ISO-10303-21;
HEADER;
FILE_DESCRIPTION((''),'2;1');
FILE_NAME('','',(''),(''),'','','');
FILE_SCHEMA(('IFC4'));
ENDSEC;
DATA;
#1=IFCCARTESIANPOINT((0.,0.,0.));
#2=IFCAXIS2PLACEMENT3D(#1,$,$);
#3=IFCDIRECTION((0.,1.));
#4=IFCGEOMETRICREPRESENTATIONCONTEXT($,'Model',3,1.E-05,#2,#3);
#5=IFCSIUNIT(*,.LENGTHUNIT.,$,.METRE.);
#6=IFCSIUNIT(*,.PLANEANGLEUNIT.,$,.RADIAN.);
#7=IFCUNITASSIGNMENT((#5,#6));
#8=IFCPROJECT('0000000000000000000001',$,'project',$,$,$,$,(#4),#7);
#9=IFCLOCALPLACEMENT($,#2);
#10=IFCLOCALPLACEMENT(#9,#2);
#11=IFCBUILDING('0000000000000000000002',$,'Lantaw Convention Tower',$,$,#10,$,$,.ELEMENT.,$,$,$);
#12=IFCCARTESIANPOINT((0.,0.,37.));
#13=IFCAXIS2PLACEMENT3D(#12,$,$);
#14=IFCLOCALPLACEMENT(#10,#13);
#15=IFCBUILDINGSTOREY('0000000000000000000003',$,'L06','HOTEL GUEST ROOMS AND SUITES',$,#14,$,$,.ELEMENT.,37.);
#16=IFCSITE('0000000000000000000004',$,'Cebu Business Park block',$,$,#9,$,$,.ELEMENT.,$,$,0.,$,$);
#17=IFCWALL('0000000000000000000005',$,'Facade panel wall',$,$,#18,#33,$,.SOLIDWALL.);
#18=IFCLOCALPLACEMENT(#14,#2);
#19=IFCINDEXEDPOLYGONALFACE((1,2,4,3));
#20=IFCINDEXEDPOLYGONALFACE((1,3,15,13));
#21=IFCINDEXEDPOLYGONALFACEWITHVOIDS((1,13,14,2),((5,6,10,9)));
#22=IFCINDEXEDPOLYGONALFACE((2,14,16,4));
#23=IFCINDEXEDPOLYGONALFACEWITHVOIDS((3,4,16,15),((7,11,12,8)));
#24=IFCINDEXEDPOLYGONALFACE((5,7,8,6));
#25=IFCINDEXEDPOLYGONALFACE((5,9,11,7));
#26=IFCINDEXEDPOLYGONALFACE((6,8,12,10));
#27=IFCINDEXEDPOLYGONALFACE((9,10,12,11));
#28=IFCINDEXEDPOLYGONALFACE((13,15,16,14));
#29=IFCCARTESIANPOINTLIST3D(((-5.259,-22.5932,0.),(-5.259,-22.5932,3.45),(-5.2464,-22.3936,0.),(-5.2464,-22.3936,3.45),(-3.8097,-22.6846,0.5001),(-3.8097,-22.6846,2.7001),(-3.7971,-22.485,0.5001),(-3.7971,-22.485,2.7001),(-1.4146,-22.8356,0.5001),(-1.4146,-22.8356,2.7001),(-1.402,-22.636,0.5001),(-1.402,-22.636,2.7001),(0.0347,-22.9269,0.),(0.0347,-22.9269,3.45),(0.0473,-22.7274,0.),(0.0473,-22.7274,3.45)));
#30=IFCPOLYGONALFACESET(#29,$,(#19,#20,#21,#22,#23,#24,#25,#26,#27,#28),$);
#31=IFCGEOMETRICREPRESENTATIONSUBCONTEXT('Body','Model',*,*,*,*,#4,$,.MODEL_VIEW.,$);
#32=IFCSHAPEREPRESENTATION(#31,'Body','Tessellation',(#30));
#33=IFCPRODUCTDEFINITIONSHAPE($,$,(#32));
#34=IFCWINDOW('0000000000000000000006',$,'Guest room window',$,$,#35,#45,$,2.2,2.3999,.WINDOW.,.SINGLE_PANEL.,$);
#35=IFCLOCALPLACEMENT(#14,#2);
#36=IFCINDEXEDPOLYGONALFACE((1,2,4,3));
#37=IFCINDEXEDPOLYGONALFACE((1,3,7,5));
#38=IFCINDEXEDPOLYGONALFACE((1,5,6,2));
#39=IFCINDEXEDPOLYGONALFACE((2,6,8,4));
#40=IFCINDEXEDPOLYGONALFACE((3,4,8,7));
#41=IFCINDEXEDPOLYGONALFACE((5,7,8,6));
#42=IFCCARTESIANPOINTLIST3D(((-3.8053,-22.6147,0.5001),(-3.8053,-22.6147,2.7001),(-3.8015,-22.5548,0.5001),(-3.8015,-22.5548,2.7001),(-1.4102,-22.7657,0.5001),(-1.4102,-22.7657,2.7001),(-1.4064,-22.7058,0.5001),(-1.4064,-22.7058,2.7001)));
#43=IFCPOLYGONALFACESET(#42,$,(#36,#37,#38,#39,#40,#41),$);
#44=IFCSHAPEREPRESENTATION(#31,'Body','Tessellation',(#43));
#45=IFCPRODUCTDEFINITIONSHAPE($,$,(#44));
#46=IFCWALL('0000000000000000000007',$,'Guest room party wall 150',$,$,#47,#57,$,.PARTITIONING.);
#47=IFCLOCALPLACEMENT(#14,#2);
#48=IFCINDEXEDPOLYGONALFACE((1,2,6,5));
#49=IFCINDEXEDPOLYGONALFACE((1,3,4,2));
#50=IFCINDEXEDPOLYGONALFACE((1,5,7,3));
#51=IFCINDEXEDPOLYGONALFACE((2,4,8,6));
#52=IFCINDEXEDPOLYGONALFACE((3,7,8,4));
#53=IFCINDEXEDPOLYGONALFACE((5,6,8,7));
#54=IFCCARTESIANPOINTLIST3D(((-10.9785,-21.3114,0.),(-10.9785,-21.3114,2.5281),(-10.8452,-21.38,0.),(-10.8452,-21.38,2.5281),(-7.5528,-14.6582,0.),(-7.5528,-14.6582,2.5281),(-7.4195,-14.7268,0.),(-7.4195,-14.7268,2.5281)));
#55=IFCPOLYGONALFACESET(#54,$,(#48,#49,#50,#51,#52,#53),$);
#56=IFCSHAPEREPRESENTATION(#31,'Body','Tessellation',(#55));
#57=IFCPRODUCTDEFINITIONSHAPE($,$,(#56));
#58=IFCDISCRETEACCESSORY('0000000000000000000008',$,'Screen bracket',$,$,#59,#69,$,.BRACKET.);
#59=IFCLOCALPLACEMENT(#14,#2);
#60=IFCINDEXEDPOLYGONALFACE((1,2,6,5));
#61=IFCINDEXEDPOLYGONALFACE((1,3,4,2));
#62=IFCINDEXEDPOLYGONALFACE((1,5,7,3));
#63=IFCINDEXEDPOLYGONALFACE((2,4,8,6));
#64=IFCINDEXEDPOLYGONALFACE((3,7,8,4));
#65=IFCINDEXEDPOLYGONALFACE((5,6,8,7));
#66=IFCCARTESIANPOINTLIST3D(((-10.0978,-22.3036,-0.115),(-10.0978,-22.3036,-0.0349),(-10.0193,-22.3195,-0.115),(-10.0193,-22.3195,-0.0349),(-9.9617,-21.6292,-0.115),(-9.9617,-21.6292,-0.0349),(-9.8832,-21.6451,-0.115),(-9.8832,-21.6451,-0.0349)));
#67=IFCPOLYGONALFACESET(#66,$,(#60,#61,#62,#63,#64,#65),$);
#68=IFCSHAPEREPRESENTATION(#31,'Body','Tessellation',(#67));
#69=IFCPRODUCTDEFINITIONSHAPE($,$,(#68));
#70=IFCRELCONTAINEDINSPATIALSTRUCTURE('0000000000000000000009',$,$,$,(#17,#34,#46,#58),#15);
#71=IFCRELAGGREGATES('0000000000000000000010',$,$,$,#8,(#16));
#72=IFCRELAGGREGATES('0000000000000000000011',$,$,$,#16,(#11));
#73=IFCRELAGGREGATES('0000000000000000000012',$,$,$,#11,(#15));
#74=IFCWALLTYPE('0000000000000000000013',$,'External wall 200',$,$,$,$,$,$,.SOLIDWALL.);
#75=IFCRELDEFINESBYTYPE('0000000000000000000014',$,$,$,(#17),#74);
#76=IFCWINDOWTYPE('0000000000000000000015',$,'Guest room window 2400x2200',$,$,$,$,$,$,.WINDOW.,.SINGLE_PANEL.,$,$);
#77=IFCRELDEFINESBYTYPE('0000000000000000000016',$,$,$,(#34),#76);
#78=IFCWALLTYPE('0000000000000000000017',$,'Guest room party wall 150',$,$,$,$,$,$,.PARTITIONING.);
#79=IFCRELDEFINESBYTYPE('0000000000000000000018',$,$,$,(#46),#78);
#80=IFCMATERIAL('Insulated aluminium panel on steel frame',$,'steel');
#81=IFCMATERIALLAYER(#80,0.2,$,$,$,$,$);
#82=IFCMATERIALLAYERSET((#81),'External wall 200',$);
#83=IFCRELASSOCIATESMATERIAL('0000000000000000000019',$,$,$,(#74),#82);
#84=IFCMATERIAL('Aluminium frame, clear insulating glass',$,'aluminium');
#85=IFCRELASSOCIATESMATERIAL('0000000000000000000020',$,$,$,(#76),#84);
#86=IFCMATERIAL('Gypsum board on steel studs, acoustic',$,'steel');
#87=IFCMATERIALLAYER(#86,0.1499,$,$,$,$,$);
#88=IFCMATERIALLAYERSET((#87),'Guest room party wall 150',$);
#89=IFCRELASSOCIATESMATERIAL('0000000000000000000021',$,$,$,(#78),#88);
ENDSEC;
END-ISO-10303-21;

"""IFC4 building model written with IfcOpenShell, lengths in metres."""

from ifc_helpers import new_model, si_unit, direction, frame, frame_2d, origin, origin_2d, place, context, subcontext, project, spatial, rectangle, extrude, material, layer, layer_set, type_object, element, fill, save


model = new_model("IFC4")

# Units and contexts
model_context = context("Model", 3, precision=1e-05, world=origin(), true_north=direction((0.0, 1.0)))
body_context = subcontext(model_context, "Body", "Model", "MODEL_VIEW")
ifc_project = project(units=[si_unit("LENGTHUNIT", "METRE"), si_unit("PLANEANGLEUNIT", "RADIAN")], contexts=[model_context])

# Site, building, storey
site_placement = place(None, origin())
site = spatial("IfcSite", under=ifc_project, at=site_placement, Name="Cebu Business Park block", CompositionType="ELEMENT", RefElevation=0.0)
building_placement = place(site_placement, origin())
building = spatial("IfcBuilding", under=site, at=building_placement, Name="Lantaw Convention Tower", CompositionType="ELEMENT")
storey_placement = place(building_placement, frame((0.0, 0.0, 37.0)))
storey = spatial("IfcBuildingStorey", under=building, at=storey_placement, Name="L06", Description="HOTEL GUEST ROOMS AND SUITES", CompositionType="ELEMENT", Elevation=37.0)

# Wall, opening, window
ifc_material_1 = material(Name="Insulated aluminium panel on steel frame", Category="steel")
ifc_layer_1 = layer(ifc_material_1, 0.2)
ifc_layer_set_1 = layer_set([ifc_layer_1], Name="External wall 200")
wall_type_1 = type_object("IfcWallType", Name="External wall 200", PredefinedType="SOLIDWALL", material=ifc_layer_set_1)
ifc_material_2 = material(Name="Aluminium frame, clear insulating glass", Category="aluminium")
window_type = type_object("IfcWindowType", Name="Guest room window 2400x2200", PartitioningType="SINGLE_PANEL", PredefinedType="WINDOW", material=ifc_material_2)
wall_1_placement = place(storey_placement, frame((-5.2527, -22.4934, 0.0), z_axis=(0.0, 0.0, 1.0), x_axis=(0.998019, -0.06292, 0.0)))
wall_1 = element("IfcWall", 1, at=wall_1_placement, inside=storey, type_object=wall_type_1, Name="Facade panel wall", PredefinedType="SOLIDWALL", context=body_context, shape_type="SweptSolid", body=[
    extrude(rectangle(XDim=5.3042, YDim=0.2, at=frame_2d((2.6521, 0.0))), origin(), (0.0, 0.0, 1.0), 3.45),
])
opening_1_placement = place(wall_1_placement, frame((1.4521, 0.0, 0.5)))
opening_1 = element("IfcOpeningElement", 2, at=opening_1_placement, cuts=wall_1, PredefinedType="OPENING", context=body_context, shape_type="SweptSolid", body=[
    extrude(rectangle(XDim=2.3999, YDim=2.2, at=frame_2d((1.2, 1.1001))), frame((0.0, 0.1099, 0.0), z_axis=(0.0, -1.0, 0.0), x_axis=(1.0, 0.0, 0.0)), (0.0, 0.0, 1.0), 0.22),
])
window_1_placement = place(opening_1_placement, origin())
window_1 = element("IfcWindow", 3, at=window_1_placement, inside=storey, type_object=window_type, Name="Guest room window", OverallHeight=2.2, OverallWidth=2.3999, PartitioningType="SINGLE_PANEL", PredefinedType="WINDOW", context=body_context, shape_type="SweptSolid", body=[
    extrude(rectangle(XDim=2.3999, YDim=2.2, at=frame_2d((1.2, 1.1001))), frame((0.0, 0.03, 0.0), z_axis=(0.0, -1.0, 0.0), x_axis=(1.0, 0.0, 0.0)), (0.0, 0.0, 1.0), 0.0601),
])
fill(opening_1, window_1)

# Wall
ifc_material_3 = material(Name="Gypsum board on steel studs, acoustic", Category="steel")
ifc_layer_2 = layer(ifc_material_3, 0.1499)
ifc_layer_set_2 = layer_set([ifc_layer_2], Name="Guest room party wall 150")
wall_type_2 = type_object("IfcWallType", Name="Guest room party wall 150", PredefinedType="PARTITIONING", material=ifc_layer_set_2)
wall_2_placement = place(storey_placement, frame((-10.9119, -21.3457, 0.0), z_axis=(0.0, 0.0, 1.0), x_axis=(0.457778, 0.889066, 0.0)))
element("IfcWall", 4, at=wall_2_placement, inside=storey, type_object=wall_type_2, Name="Guest room party wall 150", PredefinedType="PARTITIONING", context=body_context, shape_type="SweptSolid", body=[
    extrude(rectangle(XDim=7.4834, YDim=0.1499, at=frame_2d((3.7417, 0.0))), origin(), (0.0, 0.0, 1.0), 2.5281),
])

# Discrete accessory
discrete_accessory_placement = place(storey_placement, frame((-9.9905, -21.9744, -0.115), z_axis=(0.0, 0.0, 1.0), x_axis=(0.980245, -0.197789, 0.0)))
element("IfcDiscreteAccessory", 5, at=discrete_accessory_placement, inside=storey, Name="Screen bracket", PredefinedType="BRACKET", context=body_context, shape_type="SweptSolid", body=[
    extrude(rectangle(XDim=0.0801, YDim=0.688, at=origin_2d()), origin(), (0.0, 0.0, 1.0), 0.0801),
])

save(model, "model.ifc")
